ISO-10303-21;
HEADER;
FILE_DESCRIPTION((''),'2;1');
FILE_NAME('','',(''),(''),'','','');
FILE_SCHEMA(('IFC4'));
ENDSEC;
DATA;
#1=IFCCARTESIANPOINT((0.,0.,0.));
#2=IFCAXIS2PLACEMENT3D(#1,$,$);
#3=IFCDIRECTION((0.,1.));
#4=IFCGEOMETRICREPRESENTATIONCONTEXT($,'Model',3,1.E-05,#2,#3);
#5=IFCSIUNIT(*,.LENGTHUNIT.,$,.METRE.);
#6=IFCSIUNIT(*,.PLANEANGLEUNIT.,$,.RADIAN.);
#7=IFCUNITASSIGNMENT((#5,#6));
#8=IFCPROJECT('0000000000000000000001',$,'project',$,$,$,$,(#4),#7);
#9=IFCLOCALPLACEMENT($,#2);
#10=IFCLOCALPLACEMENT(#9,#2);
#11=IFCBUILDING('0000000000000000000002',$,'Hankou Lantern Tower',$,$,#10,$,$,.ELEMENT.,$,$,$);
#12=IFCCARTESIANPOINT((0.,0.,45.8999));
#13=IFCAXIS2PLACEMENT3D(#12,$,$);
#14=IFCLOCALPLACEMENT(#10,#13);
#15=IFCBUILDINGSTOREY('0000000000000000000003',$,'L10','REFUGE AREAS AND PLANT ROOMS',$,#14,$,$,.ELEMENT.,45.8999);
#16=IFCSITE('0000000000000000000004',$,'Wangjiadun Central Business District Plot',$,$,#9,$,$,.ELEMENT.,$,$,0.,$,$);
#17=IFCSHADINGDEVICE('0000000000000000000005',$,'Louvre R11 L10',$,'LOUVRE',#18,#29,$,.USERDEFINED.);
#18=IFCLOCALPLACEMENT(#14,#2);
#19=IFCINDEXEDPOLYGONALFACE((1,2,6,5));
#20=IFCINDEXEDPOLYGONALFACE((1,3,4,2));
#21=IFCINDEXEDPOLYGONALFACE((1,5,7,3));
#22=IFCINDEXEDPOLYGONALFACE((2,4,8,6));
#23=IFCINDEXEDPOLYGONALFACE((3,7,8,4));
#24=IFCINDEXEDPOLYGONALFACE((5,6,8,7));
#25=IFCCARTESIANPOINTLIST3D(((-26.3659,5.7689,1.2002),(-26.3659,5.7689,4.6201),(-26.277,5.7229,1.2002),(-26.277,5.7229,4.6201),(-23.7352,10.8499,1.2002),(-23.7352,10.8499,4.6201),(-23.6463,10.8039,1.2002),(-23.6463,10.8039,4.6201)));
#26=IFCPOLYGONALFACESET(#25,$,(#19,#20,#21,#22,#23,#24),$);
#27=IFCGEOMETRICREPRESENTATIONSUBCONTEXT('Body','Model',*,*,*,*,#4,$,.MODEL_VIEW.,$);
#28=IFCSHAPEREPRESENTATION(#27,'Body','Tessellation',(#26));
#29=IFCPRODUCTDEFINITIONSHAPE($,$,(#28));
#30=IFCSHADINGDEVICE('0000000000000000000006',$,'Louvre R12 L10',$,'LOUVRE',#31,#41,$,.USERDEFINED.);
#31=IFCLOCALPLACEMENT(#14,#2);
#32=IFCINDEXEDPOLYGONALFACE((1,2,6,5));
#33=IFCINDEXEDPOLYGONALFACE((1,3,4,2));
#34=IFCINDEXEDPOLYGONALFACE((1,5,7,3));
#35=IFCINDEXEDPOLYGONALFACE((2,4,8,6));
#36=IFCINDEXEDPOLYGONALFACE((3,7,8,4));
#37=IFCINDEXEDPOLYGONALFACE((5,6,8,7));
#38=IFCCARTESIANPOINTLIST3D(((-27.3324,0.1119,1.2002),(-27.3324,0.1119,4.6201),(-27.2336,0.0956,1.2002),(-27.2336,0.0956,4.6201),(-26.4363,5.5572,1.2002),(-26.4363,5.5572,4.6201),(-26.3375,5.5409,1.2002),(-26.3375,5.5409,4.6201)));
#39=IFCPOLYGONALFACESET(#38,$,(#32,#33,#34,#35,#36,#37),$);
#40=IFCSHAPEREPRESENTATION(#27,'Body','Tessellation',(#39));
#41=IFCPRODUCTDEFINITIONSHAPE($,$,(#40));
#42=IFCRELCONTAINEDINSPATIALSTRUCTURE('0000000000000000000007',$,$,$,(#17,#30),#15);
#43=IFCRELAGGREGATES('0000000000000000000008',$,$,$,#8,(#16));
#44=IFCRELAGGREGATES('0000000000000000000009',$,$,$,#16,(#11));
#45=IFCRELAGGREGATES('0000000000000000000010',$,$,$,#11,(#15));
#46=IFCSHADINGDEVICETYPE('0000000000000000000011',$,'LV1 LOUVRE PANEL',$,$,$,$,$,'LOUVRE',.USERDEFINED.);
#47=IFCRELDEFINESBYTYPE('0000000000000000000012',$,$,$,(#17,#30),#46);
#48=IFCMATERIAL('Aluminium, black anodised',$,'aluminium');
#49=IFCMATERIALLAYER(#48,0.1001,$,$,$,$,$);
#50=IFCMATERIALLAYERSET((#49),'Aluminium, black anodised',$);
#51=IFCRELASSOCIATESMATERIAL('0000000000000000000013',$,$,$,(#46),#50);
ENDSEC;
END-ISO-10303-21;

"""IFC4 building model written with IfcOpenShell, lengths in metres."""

from ifc_helpers import new_model, si_unit, direction, frame, origin, origin_2d, place, context, subcontext, project, spatial, rectangle, extrude, material, layer, layer_set, type_object, element, save


model = new_model("IFC4")

# Units and contexts
model_context = context("Model", 3, precision=1e-05, world=origin(), true_north=direction((0.0, 1.0)))
body_context = subcontext(model_context, "Body", "Model", "MODEL_VIEW")
ifc_project = project(units=[si_unit("LENGTHUNIT", "METRE"), si_unit("PLANEANGLEUNIT", "RADIAN")], contexts=[model_context])

# Site, building, storey
site_placement = place(None, origin())
site = spatial("IfcSite", under=ifc_project, at=site_placement, Name="Wangjiadun Central Business District Plot", CompositionType="ELEMENT", RefElevation=0.0)
building_placement = place(site_placement, origin())
building = spatial("IfcBuilding", under=site, at=building_placement, Name="Hankou Lantern Tower", CompositionType="ELEMENT")
storey_placement = place(building_placement, frame((0.0, 0.0, 45.8999)))
storey = spatial("IfcBuildingStorey", under=building, at=storey_placement, Name="L10", Description="REFUGE AREAS AND PLANT ROOMS", CompositionType="ELEMENT", Elevation=45.8999)

# Shading devices
ifc_material_1 = material(Name="Aluminium, black anodised", Category="aluminium")
ifc_layer_1 = layer(ifc_material_1, 0.1001)
ifc_layer_set_1 = layer_set([ifc_layer_1], Name="Aluminium, black anodised")
shading_device_type = type_object("IfcShadingDeviceType", Name="LV1 LOUVRE PANEL", ElementType="LOUVRE", PredefinedType="USERDEFINED", material=ifc_layer_set_1)
shading_device_1_placement = place(storey_placement, frame((-25.0061, 8.2864, 1.2002), z_axis=(0.0, 0.0, 1.0), x_axis=(-0.459791, -0.888027, 0.0)))
element("IfcShadingDevice", 1, at=shading_device_1_placement, inside=storey, type_object=shading_device_type, Name="Louvre R11 L10", ObjectType="LOUVRE", PredefinedType="USERDEFINED", context=body_context, shape_type="SweptSolid", body=[
    extrude(rectangle(XDim=5.7217, YDim=0.1001, at=origin_2d()), origin(), (0.0, 0.0, 1.0), 3.4199),
])
shading_device_2_placement = place(storey_placement, frame((-26.835, 2.8264, 1.2002), z_axis=(0.0, 0.0, 1.0), x_axis=(-0.162382, -0.986728, 0.0)))
element("IfcShadingDevice", 2, at=shading_device_2_placement, inside=storey, type_object=shading_device_type, Name="Louvre R12 L10", ObjectType="LOUVRE", PredefinedType="USERDEFINED", context=body_context, shape_type="SweptSolid", body=[
    extrude(rectangle(XDim=5.5186, YDim=0.1001, at=origin_2d()), origin(), (0.0, 0.0, 1.0), 3.4199),
])

save(model, "model.ifc")
